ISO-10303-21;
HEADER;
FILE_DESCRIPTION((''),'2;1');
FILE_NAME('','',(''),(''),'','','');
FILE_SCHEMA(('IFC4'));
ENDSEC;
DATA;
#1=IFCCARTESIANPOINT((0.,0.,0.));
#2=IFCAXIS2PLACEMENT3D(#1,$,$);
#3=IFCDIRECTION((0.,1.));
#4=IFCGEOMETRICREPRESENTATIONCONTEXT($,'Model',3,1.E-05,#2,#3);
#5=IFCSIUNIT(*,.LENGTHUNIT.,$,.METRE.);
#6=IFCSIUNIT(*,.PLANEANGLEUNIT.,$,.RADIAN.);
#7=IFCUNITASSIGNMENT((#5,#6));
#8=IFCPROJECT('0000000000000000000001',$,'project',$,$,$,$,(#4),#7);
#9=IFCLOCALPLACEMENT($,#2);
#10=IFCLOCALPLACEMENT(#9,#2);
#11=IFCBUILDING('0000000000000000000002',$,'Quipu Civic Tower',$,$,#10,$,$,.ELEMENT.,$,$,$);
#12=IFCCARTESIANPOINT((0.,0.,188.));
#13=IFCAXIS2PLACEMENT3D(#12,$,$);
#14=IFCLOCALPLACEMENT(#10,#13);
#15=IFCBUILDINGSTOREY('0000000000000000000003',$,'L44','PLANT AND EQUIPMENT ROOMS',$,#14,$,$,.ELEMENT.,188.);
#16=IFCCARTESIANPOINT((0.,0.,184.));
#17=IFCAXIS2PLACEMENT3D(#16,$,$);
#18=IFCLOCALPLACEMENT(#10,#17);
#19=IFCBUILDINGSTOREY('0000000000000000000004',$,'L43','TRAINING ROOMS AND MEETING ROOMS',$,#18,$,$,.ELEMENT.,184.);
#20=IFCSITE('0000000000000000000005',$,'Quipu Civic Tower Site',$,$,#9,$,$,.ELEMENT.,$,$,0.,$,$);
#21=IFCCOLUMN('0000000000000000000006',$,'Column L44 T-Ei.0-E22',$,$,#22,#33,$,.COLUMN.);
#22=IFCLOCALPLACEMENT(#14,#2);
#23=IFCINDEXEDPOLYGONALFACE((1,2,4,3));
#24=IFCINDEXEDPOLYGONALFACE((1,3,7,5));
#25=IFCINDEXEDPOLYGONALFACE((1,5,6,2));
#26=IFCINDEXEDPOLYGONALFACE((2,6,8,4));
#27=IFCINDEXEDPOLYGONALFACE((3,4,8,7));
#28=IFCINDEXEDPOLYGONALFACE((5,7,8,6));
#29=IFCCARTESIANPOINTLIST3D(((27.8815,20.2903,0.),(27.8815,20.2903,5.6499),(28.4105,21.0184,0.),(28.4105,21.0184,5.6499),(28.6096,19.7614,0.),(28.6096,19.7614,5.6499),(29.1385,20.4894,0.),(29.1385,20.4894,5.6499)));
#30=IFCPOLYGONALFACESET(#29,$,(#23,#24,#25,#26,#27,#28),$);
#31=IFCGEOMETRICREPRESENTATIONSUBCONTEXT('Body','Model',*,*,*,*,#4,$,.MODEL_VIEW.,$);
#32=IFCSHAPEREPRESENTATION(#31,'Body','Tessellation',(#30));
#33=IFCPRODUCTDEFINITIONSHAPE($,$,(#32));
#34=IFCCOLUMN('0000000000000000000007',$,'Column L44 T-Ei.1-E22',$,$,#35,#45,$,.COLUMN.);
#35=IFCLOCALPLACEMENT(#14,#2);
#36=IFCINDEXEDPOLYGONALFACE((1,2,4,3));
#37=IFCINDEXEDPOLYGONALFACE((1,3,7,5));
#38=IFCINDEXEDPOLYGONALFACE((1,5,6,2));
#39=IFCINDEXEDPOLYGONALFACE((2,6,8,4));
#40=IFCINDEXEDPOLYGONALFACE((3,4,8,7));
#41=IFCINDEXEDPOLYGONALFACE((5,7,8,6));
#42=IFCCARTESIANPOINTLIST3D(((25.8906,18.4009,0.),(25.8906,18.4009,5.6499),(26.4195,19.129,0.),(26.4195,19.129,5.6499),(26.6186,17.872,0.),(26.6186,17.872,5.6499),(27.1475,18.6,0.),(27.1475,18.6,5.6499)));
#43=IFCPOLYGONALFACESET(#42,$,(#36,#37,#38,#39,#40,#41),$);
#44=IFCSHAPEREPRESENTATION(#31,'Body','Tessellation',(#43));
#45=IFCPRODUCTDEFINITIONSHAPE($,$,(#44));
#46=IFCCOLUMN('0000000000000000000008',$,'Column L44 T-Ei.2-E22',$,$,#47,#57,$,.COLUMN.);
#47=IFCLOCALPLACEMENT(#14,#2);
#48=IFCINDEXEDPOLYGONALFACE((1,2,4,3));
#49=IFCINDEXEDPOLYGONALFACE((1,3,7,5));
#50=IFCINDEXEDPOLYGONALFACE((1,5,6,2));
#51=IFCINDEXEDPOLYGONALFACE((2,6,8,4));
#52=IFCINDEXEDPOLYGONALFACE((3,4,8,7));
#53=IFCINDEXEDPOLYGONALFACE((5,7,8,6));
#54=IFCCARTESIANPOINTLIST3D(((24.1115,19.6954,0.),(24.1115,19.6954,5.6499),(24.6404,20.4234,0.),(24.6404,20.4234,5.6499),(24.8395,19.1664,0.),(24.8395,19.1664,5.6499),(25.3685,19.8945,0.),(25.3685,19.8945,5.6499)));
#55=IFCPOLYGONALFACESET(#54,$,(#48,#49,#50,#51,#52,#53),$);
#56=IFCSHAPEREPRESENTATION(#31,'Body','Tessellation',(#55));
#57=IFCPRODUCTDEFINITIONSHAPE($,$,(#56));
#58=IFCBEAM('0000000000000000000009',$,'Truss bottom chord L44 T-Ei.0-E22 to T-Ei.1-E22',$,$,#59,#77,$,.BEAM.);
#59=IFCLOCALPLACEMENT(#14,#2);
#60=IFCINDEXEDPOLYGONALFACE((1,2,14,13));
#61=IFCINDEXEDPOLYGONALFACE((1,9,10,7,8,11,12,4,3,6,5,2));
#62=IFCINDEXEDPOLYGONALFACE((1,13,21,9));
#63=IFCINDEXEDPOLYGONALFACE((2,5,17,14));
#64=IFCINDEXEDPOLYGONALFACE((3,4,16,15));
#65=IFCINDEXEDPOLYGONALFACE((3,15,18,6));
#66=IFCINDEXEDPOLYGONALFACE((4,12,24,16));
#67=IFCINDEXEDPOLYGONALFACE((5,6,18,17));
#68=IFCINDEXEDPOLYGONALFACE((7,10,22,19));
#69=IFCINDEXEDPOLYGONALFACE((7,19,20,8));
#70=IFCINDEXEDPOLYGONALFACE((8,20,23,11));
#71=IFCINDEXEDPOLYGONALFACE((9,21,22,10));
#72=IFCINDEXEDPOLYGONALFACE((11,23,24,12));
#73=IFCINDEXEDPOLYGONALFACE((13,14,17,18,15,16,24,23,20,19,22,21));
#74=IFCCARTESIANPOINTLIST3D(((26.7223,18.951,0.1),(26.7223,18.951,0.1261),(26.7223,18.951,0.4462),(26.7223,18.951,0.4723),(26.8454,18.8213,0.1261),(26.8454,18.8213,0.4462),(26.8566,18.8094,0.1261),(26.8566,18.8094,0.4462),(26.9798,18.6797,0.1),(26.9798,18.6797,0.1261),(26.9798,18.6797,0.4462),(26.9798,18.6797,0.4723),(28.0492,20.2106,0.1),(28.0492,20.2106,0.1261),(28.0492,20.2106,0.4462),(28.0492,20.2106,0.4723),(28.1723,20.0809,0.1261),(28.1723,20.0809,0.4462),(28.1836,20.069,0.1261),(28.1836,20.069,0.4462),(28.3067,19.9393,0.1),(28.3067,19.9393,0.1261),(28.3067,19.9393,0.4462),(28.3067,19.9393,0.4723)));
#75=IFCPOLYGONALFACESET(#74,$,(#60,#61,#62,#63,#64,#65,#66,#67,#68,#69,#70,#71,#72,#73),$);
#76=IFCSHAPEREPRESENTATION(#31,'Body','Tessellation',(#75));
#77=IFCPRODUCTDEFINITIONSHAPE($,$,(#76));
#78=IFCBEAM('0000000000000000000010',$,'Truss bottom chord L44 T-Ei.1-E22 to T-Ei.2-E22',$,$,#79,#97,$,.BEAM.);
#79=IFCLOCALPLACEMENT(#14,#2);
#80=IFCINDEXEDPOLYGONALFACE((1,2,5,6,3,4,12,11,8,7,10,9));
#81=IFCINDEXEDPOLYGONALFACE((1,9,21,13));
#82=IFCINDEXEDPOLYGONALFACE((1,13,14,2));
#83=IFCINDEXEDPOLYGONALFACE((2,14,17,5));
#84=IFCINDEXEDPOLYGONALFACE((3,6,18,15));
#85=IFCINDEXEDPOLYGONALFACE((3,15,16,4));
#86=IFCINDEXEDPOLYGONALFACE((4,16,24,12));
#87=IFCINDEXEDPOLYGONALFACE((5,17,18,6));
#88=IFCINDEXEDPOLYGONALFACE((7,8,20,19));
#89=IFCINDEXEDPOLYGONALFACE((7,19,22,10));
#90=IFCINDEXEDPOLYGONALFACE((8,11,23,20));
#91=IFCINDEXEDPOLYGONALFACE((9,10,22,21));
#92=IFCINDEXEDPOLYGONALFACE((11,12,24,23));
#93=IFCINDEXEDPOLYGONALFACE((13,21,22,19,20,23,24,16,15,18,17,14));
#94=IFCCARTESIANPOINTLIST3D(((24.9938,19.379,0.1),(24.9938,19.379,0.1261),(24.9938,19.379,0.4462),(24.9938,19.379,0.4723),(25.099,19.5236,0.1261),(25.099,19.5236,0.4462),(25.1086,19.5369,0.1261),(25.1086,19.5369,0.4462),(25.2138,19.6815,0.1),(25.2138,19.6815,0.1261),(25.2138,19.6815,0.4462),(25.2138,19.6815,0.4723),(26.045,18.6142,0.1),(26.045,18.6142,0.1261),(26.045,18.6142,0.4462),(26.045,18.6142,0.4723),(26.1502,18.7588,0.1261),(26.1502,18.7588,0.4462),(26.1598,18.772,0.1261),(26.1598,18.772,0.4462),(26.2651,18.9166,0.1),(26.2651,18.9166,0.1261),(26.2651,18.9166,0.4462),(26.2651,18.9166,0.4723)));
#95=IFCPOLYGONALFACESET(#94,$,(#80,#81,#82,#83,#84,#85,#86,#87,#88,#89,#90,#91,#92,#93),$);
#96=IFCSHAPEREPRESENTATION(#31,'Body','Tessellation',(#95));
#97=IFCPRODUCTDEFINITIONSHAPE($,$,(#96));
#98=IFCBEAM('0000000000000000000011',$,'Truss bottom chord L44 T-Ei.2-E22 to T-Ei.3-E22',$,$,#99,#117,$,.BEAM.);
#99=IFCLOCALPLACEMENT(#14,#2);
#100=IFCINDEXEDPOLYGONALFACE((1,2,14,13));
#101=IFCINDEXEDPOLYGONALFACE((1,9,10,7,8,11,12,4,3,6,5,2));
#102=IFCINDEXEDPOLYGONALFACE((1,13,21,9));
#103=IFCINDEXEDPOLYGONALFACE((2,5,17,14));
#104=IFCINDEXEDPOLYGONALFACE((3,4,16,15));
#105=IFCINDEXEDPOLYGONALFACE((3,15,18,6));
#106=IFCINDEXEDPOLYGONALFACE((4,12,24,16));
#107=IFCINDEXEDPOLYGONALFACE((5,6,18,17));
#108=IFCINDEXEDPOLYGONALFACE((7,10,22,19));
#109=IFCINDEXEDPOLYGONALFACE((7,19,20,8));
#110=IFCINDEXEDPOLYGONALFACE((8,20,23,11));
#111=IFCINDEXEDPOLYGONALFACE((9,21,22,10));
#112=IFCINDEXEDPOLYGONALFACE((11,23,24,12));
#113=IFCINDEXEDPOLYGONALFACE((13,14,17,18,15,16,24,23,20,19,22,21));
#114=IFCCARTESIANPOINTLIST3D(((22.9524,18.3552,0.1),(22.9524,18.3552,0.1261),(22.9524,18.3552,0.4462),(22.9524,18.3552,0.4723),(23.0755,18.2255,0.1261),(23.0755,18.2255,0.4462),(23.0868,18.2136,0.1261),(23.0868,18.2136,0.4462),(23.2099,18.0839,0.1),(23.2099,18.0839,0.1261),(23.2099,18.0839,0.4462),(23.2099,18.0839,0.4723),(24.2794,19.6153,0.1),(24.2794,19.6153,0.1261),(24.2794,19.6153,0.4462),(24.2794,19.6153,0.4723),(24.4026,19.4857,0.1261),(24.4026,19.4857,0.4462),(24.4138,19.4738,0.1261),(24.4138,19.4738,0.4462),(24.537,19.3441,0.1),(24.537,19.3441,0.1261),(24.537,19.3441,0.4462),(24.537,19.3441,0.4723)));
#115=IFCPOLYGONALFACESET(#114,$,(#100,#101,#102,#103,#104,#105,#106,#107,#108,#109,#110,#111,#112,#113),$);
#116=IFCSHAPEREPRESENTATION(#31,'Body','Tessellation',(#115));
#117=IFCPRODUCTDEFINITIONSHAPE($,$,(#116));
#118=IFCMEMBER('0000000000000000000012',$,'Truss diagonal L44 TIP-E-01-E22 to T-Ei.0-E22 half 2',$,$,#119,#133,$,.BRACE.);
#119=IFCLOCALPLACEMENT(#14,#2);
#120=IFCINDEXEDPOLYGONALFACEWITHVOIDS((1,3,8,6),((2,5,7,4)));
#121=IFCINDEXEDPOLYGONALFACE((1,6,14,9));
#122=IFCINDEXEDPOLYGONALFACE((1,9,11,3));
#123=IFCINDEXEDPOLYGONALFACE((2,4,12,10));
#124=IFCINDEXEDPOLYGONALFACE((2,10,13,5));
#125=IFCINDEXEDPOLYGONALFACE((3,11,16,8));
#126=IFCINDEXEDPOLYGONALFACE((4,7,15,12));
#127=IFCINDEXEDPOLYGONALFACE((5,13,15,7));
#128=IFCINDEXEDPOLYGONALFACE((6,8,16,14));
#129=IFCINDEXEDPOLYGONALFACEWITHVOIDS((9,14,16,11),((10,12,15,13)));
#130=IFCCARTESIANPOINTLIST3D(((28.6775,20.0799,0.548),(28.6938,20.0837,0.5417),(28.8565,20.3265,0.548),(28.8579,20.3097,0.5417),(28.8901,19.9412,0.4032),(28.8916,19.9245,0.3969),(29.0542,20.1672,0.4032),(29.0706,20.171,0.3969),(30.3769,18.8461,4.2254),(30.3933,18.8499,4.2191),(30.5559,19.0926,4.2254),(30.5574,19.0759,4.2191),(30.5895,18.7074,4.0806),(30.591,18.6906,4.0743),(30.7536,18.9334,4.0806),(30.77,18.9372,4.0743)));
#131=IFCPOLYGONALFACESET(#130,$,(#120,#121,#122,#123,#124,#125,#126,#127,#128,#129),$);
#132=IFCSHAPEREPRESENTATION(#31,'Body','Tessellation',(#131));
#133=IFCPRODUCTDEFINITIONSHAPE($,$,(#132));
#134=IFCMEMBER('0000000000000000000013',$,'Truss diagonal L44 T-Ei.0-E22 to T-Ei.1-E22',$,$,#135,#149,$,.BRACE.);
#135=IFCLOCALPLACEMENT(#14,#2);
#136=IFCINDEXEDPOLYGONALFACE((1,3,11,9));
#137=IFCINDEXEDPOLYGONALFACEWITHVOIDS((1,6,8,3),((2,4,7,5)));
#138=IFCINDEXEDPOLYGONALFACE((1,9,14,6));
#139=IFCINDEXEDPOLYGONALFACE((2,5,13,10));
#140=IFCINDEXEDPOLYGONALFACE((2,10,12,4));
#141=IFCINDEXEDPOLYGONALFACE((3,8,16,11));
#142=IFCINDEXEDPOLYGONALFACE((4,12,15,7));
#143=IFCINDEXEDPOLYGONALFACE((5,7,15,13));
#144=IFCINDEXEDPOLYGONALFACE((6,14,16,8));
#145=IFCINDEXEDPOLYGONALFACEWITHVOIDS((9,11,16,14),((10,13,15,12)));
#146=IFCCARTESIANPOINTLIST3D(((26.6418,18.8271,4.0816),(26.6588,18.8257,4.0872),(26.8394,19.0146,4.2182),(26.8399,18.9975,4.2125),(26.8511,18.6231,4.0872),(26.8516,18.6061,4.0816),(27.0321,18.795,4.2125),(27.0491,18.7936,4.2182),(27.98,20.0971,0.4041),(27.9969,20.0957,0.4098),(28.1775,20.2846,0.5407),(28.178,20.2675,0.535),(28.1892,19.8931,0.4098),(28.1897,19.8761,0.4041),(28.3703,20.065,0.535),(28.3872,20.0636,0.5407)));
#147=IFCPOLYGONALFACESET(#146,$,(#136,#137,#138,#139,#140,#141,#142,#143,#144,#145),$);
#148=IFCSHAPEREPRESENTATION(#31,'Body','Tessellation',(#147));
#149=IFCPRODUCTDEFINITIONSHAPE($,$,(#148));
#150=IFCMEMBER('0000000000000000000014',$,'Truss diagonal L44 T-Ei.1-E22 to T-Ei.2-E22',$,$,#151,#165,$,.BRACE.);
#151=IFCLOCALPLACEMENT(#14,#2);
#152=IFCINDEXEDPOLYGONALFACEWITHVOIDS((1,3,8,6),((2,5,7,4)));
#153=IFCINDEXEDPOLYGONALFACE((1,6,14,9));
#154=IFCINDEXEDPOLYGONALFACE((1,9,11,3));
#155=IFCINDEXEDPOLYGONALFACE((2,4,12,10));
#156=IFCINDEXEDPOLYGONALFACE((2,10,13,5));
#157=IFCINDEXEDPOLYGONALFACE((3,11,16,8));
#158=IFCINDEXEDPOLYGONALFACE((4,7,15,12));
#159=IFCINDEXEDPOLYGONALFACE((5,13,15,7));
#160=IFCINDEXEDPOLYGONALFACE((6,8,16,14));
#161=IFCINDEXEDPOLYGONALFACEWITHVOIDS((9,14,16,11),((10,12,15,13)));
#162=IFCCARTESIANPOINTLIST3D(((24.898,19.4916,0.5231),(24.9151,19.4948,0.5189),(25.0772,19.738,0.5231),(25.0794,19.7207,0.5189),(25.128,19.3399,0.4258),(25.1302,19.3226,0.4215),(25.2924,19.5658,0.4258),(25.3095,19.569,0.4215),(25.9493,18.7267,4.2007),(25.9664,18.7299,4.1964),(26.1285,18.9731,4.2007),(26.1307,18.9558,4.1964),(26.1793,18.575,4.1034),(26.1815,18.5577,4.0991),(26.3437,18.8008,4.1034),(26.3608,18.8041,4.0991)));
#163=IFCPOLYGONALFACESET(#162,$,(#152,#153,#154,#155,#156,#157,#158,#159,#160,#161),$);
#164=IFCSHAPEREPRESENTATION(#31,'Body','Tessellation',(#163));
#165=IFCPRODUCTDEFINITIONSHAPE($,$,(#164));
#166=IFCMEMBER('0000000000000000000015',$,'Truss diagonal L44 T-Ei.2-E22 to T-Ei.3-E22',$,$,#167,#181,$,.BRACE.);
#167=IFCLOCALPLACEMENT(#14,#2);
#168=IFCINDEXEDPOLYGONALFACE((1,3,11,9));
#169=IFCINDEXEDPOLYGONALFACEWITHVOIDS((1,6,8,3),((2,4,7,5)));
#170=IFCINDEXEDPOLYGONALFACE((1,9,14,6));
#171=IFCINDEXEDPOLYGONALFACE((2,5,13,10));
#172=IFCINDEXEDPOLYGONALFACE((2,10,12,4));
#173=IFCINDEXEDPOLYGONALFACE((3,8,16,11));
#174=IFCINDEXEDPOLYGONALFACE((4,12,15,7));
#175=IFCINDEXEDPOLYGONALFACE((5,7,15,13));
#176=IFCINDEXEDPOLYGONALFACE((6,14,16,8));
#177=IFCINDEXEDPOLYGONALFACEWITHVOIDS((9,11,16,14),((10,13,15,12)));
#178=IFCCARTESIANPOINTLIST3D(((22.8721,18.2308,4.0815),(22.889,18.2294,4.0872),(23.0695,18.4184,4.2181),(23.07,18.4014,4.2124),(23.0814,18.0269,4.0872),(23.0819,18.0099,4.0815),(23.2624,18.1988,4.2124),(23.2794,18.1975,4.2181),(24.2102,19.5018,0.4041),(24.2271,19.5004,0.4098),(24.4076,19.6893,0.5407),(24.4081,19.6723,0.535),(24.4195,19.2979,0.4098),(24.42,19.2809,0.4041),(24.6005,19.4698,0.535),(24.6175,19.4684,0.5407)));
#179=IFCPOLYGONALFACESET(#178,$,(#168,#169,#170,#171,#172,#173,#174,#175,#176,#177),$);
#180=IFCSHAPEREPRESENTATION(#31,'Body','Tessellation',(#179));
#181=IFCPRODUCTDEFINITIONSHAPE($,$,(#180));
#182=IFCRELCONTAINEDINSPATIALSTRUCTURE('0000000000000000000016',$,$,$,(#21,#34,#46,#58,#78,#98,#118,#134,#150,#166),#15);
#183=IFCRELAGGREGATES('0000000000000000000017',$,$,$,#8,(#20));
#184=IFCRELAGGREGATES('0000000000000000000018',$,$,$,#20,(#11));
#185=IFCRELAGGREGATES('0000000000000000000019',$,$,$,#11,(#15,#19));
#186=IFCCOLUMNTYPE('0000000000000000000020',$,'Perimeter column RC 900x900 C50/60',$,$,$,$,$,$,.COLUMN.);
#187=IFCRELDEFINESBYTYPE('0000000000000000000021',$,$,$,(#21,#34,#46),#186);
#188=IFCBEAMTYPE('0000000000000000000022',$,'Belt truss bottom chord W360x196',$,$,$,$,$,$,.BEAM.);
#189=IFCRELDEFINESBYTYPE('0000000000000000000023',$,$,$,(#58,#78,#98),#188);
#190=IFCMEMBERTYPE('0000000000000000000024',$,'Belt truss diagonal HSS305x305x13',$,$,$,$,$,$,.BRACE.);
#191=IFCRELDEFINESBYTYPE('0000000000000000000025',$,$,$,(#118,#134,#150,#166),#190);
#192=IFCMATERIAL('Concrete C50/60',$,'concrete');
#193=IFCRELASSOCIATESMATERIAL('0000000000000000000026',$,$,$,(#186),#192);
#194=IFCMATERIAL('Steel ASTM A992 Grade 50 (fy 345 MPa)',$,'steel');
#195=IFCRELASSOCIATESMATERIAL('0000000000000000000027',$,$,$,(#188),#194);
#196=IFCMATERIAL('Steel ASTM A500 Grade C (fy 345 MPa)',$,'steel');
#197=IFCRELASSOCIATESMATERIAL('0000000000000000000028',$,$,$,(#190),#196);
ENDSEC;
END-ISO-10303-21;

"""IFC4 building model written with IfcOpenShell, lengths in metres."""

from ifc_helpers import new_model, si_unit, direction, frame, origin, origin_2d, place, context, subcontext, project, spatial, rectangle, hollow_rectangle, i_section, extrude, material, material_profile, profile_set, type_object, element, save


model = new_model("IFC4")

# Units and contexts
model_context = context("Model", 3, precision=1e-05, world=origin(), true_north=direction((0.0, 1.0)))
body_context = subcontext(model_context, "Body", "Model", "MODEL_VIEW")
ifc_project = project(units=[si_unit("LENGTHUNIT", "METRE"), si_unit("PLANEANGLEUNIT", "RADIAN")], contexts=[model_context])

# Site, building, storey
site_placement = place(None, origin())
site = spatial("IfcSite", under=ifc_project, at=site_placement, Name="Quipu Civic Tower Site", CompositionType="ELEMENT", RefElevation=0.0)
building_placement = place(site_placement, origin())
building = spatial("IfcBuilding", under=site, at=building_placement, Name="Quipu Civic Tower", CompositionType="ELEMENT")
storey_1_placement = place(building_placement, frame((0.0, 0.0, 188.0)))
storey_1 = spatial("IfcBuildingStorey", under=building, at=storey_1_placement, Name="L44", Description="PLANT AND EQUIPMENT ROOMS", CompositionType="ELEMENT", Elevation=188.0)

# Columns
ifc_material_1 = material(Name="Concrete C50/60", Category="concrete")
ifc_material_profile_1 = material_profile(ifc_material_1, rectangle(XDim=0.8999, YDim=0.8999, at=origin_2d()), Name="RC900x900")
ifc_profile_set_1 = profile_set([ifc_material_profile_1], Name="Concrete C50/60")
column_type = type_object("IfcColumnType", Name="Perimeter column RC 900x900 C50/60", PredefinedType="COLUMN", material=ifc_profile_set_1)
for number, where, z_axis, x_axis, name in (
    (1, (28.51, 20.3899, 0.0), (0.0, 0.0, 1.0), (-0.587785, -0.809017, 0.0), "Column L44 T-Ei.0-E22"),
    (2, (26.519, 18.5005, 0.0), (0.0, 0.0, 1.0), (-0.809017, 0.587785, 0.0), "Column L44 T-Ei.1-E22"),
    (3, (24.74, 19.7949, 0.0), (0.0, 0.0, 1.0), (-0.587785, -0.809017, 0.0), "Column L44 T-Ei.2-E22"),
):
    element("IfcColumn", number, at=place(storey_1_placement, frame(where, z_axis=z_axis, x_axis=x_axis)), inside=storey_1, type_object=column_type, Name=name, PredefinedType="COLUMN", context=body_context, shape_type="SweptSolid", body=[
        extrude(rectangle(XDim=0.8999, YDim=0.8999, at=origin_2d()), origin(), (0.0, 0.0, 1.0), 5.6499),
    ])

# Beams
ifc_material_2 = material(Name="Steel ASTM A992 Grade 50 (fy 345 MPa)", Category="steel")
ifc_material_profile_2 = material_profile(ifc_material_2, i_section(OverallWidth=0.374, OverallDepth=0.3723, WebThickness=0.0164, FlangeThickness=0.0261, at=origin_2d()), Name="W360x196")
ifc_profile_set_2 = profile_set([ifc_material_profile_2], Name="Steel ASTM A992 Grade 50 (fy 345 MPa)")
beam_type_1 = type_object("IfcBeamType", Name="Belt truss bottom chord W360x196", PredefinedType="BEAM", material=ifc_profile_set_2)
beam_1_placement = place(storey_1_placement, frame((28.178, 20.075, 0.2861), z_axis=(-0.725283, -0.688451, 0.0), x_axis=(0.688451, -0.725283, 0.0)))
element("IfcBeam", 4, at=beam_1_placement, inside=storey_1, type_object=beam_type_1, Name="Truss bottom chord L44 T-Ei.0-E22 to T-Ei.1-E22", PredefinedType="BEAM", context=body_context, shape_type="SweptSolid", body=[
    extrude(i_section(OverallWidth=0.374, OverallDepth=0.3723, WebThickness=0.0164, FlangeThickness=0.0261, at=origin_2d()), origin(), (0.0, 0.0, 1.0), 1.8296),
])
beam_2_placement = place(storey_1_placement, frame((26.155, 18.7654, 0.2861), z_axis=(-0.808614, 0.588339, 0.0), x_axis=(-0.588339, -0.808614, 0.0)))
element("IfcBeam", 5, at=beam_2_placement, inside=storey_1, type_object=beam_type_1, Name="Truss bottom chord L44 T-Ei.1-E22 to T-Ei.2-E22", PredefinedType="BEAM", context=body_context, shape_type="SweptSolid", body=[
    extrude(i_section(OverallWidth=0.374, OverallDepth=0.3723, WebThickness=0.0164, FlangeThickness=0.0261, at=origin_2d()), origin(), (0.0, 0.0, 1.0), 1.3),
])
beam_3_placement = place(storey_1_placement, frame((24.4082, 19.4797, 0.2861), z_axis=(-0.725146, -0.688595, 0.0), x_axis=(0.688595, -0.725146, 0.0)))
element("IfcBeam", 6, at=beam_3_placement, inside=storey_1, type_object=beam_type_1, Name="Truss bottom chord L44 T-Ei.2-E22 to T-Ei.3-E22", PredefinedType="BEAM", context=body_context, shape_type="SweptSolid", body=[
    extrude(i_section(OverallWidth=0.374, OverallDepth=0.3723, WebThickness=0.0164, FlangeThickness=0.0261, at=origin_2d()), origin(), (0.0, 0.0, 1.0), 1.8301),
])

# Members
ifc_material_3 = material(Name="Steel ASTM A500 Grade C (fy 345 MPa)", Category="steel")
ifc_material_profile_3 = material_profile(ifc_material_3, hollow_rectangle(XDim=0.3047, YDim=0.3047, WallThickness=0.0127, at=origin_2d()), Name="HSS305x305x13")
ifc_profile_set_3 = profile_set([ifc_material_profile_3], Name="Steel ASTM A500 Grade C (fy 345 MPa)")
member_type_1 = type_object("IfcMemberType", Name="Belt truss diagonal HSS305x305x13", PredefinedType="BRACE", material=ifc_profile_set_3)
member_1_placement = place(storey_1_placement, frame((28.874, 20.1255, 0.4724), z_axis=(0.401297, -0.29136, 0.868372), x_axis=(0.587522, 0.809208, 0.0)))
element("IfcMember", 7, at=member_1_placement, inside=storey_1, type_object=member_type_1, Name="Truss diagonal L44 TIP-E-01-E22 to T-Ei.0-E22 half 2", PredefinedType="BRACE", context=body_context, shape_type="SweptSolid", body=[
    extrude(hollow_rectangle(XDim=0.3047, YDim=0.3047, WallThickness=0.0127, at=origin_2d()), origin(), (0.0, 0.0, 1.0), 4.2349),
])
member_2_placement = place(storey_1_placement, frame((28.1836, 20.0803, 0.4724), z_axis=(-0.32524, -0.308684, 0.893831), x_axis=(0.688405, -0.725326, 0.0)))
element("IfcMember", 8, at=member_2_placement, inside=storey_1, type_object=member_type_1, Name="Truss diagonal L44 T-Ei.0-E22 to T-Ei.1-E22", PredefinedType="BRACE", context=body_context, shape_type="SweptSolid", body=[
    extrude(hollow_rectangle(XDim=0.3047, YDim=0.3047, WallThickness=0.0127, at=origin_2d()), origin(), (0.0, 0.0, 1.0), 4.1143),
])
member_3_placement = place(storey_1_placement, frame((26.155, 18.7654, 4.1499), z_axis=(-0.269519, 0.196099, -0.942817), x_axis=(-0.588339, -0.808614, 0.0)))
element("IfcMember", 9, at=member_3_placement, inside=storey_1, type_object=member_type_1, Name="Truss diagonal L44 T-Ei.1-E22 to T-Ei.2-E22", PredefinedType="BRACE", context=body_context, shape_type="SweptSolid", body=[
    extrude(hollow_rectangle(XDim=0.3047, YDim=0.3047, WallThickness=0.0127, at=origin_2d()), origin(), (0.0, 0.0, 1.0), 3.9006),
])
member_4_placement = place(storey_1_placement, frame((24.4138, 19.4851, 0.4724), z_axis=(-0.325216, -0.308899, 0.893765), x_axis=(0.688683, -0.725062, 0.0)))
element("IfcMember", 10, at=member_4_placement, inside=storey_1, type_object=member_type_1, Name="Truss diagonal L44 T-Ei.2-E22 to T-Ei.3-E22", PredefinedType="BRACE", context=body_context, shape_type="SweptSolid", body=[
    extrude(hollow_rectangle(XDim=0.3047, YDim=0.3047, WallThickness=0.0127, at=origin_2d()), origin(), (0.0, 0.0, 1.0), 4.1145),
])

# Shared definitions
storey_2_placement = place(building_placement, frame((0.0, 0.0, 184.0)))
storey_2 = spatial("IfcBuildingStorey", under=building, at=storey_2_placement, Name="L43", Description="TRAINING ROOMS AND MEETING ROOMS", CompositionType="ELEMENT", Elevation=184.0)

save(model, "model.ifc")
